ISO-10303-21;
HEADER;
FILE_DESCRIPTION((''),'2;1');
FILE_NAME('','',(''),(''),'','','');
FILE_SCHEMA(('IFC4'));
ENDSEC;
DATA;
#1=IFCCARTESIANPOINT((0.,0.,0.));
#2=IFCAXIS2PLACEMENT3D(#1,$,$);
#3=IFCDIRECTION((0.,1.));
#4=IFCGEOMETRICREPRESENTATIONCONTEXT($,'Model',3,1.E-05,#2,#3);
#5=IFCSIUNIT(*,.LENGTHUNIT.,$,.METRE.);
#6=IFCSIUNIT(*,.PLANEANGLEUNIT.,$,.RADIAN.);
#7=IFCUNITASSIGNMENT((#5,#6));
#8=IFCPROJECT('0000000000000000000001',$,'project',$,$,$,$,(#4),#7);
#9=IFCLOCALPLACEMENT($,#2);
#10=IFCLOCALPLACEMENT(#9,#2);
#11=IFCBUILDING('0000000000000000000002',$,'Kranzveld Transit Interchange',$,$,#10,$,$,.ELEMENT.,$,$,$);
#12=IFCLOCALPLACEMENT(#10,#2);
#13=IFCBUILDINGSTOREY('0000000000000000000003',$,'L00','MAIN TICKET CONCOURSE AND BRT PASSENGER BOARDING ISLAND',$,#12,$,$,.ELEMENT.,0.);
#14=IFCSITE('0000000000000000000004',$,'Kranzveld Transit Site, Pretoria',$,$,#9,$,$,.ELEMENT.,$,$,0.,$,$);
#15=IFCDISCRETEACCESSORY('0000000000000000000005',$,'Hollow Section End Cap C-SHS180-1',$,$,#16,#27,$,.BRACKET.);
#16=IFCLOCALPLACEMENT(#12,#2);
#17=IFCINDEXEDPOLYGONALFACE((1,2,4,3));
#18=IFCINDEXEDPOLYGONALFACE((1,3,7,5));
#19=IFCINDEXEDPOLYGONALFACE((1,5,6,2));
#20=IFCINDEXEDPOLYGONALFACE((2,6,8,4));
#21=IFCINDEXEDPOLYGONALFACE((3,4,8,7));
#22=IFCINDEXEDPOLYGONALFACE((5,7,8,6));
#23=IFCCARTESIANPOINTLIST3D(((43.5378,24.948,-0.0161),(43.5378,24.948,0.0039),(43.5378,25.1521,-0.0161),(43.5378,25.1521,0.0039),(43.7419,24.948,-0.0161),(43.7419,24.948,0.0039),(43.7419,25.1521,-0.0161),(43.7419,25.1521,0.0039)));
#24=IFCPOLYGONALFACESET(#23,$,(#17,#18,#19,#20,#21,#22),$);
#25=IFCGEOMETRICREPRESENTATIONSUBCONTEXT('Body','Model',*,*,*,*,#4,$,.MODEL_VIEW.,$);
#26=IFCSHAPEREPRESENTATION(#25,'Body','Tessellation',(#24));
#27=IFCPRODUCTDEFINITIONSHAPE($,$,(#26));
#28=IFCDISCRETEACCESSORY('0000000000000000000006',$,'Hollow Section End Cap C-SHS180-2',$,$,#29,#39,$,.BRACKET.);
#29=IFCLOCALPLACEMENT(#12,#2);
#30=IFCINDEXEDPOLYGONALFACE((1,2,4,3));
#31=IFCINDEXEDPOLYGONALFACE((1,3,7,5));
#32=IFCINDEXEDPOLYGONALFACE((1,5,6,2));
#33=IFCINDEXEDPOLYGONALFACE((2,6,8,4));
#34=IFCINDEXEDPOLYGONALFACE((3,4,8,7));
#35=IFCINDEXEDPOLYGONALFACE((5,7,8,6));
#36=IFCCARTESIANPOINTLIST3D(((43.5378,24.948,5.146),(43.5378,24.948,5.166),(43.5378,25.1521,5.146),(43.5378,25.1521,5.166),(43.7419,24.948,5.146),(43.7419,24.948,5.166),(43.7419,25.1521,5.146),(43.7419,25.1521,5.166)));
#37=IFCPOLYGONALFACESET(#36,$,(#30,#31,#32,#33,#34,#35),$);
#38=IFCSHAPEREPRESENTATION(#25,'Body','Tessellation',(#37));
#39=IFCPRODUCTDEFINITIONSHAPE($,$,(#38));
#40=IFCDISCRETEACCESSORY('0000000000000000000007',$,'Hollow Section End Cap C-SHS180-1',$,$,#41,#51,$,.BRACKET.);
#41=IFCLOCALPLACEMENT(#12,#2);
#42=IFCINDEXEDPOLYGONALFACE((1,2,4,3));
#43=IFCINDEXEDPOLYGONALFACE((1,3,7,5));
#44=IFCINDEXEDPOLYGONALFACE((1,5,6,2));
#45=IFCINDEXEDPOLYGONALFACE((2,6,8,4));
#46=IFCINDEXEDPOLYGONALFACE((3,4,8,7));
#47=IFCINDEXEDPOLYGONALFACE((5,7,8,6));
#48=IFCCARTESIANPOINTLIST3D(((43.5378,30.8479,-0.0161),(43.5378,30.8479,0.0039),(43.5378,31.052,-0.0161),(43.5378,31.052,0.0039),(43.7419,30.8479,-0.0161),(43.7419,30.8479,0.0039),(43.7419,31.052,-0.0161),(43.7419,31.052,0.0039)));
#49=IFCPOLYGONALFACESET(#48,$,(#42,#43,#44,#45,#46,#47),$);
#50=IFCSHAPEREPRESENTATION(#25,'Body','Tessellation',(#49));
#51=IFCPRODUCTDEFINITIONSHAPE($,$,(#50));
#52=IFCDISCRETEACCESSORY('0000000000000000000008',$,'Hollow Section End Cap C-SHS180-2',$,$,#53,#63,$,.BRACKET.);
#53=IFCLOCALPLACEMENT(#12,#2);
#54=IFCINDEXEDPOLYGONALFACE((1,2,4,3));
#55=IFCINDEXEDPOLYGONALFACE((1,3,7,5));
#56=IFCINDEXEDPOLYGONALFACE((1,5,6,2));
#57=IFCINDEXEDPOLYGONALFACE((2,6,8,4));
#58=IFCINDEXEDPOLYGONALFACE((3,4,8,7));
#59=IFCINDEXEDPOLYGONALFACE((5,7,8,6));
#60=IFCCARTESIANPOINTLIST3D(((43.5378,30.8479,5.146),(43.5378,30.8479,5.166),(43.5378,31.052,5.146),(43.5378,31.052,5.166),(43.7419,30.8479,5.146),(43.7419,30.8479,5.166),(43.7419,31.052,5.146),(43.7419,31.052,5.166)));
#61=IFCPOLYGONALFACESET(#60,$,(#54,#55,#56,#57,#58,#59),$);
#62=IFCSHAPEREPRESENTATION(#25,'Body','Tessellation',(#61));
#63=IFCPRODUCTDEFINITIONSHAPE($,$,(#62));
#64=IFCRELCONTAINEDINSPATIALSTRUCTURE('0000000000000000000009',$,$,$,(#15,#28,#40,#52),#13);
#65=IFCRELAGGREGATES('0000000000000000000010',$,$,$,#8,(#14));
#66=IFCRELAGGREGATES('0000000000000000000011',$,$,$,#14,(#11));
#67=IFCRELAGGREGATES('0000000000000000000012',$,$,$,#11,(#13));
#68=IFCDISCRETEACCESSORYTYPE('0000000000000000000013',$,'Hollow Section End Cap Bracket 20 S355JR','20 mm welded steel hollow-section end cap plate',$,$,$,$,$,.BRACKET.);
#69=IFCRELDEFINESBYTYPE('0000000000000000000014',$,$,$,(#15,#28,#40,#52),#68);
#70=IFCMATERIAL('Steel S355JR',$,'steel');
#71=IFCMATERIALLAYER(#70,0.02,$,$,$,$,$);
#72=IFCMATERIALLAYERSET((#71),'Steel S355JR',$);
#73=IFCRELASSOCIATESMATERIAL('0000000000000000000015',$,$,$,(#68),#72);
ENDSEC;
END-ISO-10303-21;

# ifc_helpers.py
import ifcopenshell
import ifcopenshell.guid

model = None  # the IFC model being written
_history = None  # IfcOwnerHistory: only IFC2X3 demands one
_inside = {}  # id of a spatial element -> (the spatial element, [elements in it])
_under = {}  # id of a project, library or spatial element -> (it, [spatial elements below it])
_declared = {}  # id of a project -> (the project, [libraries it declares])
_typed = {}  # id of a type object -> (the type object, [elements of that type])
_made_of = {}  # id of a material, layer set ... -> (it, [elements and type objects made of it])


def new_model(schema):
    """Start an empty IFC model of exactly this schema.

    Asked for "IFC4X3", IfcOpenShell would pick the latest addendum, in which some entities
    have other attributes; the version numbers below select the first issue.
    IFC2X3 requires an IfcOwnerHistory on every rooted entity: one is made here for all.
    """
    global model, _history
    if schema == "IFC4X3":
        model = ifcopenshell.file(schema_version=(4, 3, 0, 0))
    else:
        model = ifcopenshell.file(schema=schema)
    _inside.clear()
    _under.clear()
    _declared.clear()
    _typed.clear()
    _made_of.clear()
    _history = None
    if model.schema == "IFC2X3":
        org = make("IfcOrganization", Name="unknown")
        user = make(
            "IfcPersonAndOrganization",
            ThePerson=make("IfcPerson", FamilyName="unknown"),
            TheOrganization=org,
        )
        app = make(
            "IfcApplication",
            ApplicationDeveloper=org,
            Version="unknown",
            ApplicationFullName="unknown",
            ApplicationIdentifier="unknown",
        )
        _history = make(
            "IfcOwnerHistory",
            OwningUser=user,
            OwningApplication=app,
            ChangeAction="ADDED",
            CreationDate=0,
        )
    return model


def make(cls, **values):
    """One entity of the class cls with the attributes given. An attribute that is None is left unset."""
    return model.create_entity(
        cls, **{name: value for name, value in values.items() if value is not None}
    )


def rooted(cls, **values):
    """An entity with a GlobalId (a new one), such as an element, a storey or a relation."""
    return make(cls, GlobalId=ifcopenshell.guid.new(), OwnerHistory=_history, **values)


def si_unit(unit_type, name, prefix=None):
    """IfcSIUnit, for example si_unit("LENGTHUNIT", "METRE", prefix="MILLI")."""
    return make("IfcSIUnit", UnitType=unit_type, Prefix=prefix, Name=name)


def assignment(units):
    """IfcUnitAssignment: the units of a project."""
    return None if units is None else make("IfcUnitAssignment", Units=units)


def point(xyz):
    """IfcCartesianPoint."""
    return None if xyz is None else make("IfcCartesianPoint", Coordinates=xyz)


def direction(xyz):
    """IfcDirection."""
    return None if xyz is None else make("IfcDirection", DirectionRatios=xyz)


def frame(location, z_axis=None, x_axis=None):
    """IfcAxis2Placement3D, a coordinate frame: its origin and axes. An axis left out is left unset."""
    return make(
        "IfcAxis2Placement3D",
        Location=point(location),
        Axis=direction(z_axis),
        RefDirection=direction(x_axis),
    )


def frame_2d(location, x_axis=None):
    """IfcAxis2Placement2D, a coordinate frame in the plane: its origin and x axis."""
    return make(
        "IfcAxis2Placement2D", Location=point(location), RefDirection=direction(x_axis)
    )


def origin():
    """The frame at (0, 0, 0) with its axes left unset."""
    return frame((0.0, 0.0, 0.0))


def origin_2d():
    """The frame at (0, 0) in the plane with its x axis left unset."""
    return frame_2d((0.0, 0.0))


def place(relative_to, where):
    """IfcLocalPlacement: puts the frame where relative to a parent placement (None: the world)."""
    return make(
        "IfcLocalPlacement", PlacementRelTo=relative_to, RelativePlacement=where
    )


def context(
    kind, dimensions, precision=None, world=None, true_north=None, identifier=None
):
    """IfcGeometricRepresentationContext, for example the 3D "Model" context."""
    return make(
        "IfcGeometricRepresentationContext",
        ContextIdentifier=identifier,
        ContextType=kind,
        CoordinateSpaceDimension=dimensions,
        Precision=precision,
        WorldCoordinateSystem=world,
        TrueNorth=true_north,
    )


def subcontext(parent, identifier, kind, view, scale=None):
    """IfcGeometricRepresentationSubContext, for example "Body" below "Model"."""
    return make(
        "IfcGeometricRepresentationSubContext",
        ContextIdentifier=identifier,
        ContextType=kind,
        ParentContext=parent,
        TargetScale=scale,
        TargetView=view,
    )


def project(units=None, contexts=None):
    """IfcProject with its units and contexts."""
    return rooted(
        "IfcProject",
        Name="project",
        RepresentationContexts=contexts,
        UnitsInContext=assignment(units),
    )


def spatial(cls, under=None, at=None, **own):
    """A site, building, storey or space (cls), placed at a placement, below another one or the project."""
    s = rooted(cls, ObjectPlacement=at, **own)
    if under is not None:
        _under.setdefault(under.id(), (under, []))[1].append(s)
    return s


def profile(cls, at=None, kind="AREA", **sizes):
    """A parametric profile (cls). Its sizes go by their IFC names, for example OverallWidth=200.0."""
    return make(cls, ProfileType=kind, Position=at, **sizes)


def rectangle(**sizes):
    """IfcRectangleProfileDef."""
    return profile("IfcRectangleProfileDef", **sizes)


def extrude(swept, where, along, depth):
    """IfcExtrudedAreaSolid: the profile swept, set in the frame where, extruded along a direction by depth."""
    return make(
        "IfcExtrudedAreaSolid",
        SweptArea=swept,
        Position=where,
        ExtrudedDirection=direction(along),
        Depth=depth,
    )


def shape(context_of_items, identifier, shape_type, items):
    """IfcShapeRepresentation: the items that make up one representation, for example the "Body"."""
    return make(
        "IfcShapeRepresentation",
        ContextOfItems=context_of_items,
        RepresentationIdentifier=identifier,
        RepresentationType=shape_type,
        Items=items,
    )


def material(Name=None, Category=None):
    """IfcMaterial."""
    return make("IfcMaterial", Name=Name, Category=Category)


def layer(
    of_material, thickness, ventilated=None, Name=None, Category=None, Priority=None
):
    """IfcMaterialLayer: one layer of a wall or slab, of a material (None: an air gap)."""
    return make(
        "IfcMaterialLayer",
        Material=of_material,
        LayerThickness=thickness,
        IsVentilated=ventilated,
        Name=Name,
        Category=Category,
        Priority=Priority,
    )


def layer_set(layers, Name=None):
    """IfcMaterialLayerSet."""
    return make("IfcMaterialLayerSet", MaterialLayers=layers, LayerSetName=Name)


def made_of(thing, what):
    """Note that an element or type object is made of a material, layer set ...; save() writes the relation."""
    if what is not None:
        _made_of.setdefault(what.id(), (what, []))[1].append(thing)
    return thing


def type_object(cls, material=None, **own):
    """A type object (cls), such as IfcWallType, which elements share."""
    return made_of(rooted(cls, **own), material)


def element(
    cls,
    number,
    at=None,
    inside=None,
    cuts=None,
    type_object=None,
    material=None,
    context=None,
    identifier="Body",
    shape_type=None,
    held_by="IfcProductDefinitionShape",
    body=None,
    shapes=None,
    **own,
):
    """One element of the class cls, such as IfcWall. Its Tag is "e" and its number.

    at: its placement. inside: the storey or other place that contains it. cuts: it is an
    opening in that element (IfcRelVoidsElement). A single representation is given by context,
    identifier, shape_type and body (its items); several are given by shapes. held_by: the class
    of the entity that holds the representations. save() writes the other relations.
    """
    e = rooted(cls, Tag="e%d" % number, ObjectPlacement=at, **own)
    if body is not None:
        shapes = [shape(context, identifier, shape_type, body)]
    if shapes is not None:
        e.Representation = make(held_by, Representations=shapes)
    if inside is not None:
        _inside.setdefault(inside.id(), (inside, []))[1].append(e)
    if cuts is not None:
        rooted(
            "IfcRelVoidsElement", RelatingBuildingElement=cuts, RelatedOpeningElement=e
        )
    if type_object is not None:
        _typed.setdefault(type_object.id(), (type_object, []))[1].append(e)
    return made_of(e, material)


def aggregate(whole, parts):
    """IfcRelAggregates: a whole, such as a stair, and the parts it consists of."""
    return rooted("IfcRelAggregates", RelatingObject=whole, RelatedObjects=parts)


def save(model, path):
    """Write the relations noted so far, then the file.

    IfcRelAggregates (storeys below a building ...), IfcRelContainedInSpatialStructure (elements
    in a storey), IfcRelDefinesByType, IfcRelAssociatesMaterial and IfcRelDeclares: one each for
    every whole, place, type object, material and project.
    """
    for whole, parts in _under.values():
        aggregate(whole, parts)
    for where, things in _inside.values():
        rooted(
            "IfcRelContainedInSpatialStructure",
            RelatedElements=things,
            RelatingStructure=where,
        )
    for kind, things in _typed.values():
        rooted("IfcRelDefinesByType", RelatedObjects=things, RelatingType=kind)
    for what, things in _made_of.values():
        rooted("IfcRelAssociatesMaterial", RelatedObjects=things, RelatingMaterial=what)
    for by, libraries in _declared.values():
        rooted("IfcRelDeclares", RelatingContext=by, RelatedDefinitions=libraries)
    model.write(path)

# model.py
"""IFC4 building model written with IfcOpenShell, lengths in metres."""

from ifc_helpers import new_model, si_unit, direction, frame, origin, origin_2d, place, context, subcontext, project, spatial, rectangle, extrude, material, layer, layer_set, type_object, element, save


model = new_model("IFC4")

# Units and contexts
model_context = context("Model", 3, precision=1e-05, world=origin(), true_north=direction((0.0, 1.0)))
body_context = subcontext(model_context, "Body", "Model", "MODEL_VIEW")
ifc_project = project(units=[si_unit("LENGTHUNIT", "METRE"), si_unit("PLANEANGLEUNIT", "RADIAN")], contexts=[model_context])

# Site, building, storey
site_placement = place(None, origin())
site = spatial("IfcSite", under=ifc_project, at=site_placement, Name="Kranzveld Transit Site, Pretoria", CompositionType="ELEMENT", RefElevation=0.0)
building_placement = place(site_placement, origin())
building = spatial("IfcBuilding", under=site, at=building_placement, Name="Kranzveld Transit Interchange", CompositionType="ELEMENT")
storey_placement = place(building_placement, origin())
storey = spatial("IfcBuildingStorey", under=building, at=storey_placement, Name="L00", Description="MAIN TICKET CONCOURSE AND BRT PASSENGER BOARDING ISLAND", CompositionType="ELEMENT", Elevation=0.0)

# Discrete accessories
ifc_material_1 = material(Name="Steel S355JR", Category="steel")
ifc_layer_1 = layer(ifc_material_1, 0.02)
ifc_layer_set_1 = layer_set([ifc_layer_1], Name="Steel S355JR")
discrete_accessory_type = type_object("IfcDiscreteAccessoryType", Name="Hollow Section End Cap Bracket 20 S355JR", Description="20 mm welded steel hollow-section end cap plate", PredefinedType="BRACKET", material=ifc_layer_set_1)
for number, where, z_axis, x_axis, name in (
    (1, (43.6399, 25.05, 0.0039), (0.0, 0.0, -1.0), (1.0, 0.0, 0.0), "Hollow Section End Cap C-SHS180-1"),
    (2, (43.6399, 25.05, 5.146), (0.0, 0.0, 1.0), (1.0, 0.0, 0.0), "Hollow Section End Cap C-SHS180-2"),
    (3, (43.6399, 30.95, 0.0039), (0.0, 0.0, -1.0), (1.0, 0.0, 0.0), "Hollow Section End Cap C-SHS180-1"),
    (4, (43.6399, 30.95, 5.146), (0.0, 0.0, 1.0), (1.0, 0.0, 0.0), "Hollow Section End Cap C-SHS180-2"),
):
    element("IfcDiscreteAccessory", number, at=place(storey_placement, frame(where, z_axis=z_axis, x_axis=x_axis)), inside=storey, type_object=discrete_accessory_type, Name=name, PredefinedType="BRACKET", context=body_context, shape_type="SweptSolid", body=[
        extrude(rectangle(XDim=0.2041, YDim=0.2041, at=origin_2d()), origin(), (0.0, 0.0, 1.0), 0.02),
    ])

save(model, "model.ifc")
